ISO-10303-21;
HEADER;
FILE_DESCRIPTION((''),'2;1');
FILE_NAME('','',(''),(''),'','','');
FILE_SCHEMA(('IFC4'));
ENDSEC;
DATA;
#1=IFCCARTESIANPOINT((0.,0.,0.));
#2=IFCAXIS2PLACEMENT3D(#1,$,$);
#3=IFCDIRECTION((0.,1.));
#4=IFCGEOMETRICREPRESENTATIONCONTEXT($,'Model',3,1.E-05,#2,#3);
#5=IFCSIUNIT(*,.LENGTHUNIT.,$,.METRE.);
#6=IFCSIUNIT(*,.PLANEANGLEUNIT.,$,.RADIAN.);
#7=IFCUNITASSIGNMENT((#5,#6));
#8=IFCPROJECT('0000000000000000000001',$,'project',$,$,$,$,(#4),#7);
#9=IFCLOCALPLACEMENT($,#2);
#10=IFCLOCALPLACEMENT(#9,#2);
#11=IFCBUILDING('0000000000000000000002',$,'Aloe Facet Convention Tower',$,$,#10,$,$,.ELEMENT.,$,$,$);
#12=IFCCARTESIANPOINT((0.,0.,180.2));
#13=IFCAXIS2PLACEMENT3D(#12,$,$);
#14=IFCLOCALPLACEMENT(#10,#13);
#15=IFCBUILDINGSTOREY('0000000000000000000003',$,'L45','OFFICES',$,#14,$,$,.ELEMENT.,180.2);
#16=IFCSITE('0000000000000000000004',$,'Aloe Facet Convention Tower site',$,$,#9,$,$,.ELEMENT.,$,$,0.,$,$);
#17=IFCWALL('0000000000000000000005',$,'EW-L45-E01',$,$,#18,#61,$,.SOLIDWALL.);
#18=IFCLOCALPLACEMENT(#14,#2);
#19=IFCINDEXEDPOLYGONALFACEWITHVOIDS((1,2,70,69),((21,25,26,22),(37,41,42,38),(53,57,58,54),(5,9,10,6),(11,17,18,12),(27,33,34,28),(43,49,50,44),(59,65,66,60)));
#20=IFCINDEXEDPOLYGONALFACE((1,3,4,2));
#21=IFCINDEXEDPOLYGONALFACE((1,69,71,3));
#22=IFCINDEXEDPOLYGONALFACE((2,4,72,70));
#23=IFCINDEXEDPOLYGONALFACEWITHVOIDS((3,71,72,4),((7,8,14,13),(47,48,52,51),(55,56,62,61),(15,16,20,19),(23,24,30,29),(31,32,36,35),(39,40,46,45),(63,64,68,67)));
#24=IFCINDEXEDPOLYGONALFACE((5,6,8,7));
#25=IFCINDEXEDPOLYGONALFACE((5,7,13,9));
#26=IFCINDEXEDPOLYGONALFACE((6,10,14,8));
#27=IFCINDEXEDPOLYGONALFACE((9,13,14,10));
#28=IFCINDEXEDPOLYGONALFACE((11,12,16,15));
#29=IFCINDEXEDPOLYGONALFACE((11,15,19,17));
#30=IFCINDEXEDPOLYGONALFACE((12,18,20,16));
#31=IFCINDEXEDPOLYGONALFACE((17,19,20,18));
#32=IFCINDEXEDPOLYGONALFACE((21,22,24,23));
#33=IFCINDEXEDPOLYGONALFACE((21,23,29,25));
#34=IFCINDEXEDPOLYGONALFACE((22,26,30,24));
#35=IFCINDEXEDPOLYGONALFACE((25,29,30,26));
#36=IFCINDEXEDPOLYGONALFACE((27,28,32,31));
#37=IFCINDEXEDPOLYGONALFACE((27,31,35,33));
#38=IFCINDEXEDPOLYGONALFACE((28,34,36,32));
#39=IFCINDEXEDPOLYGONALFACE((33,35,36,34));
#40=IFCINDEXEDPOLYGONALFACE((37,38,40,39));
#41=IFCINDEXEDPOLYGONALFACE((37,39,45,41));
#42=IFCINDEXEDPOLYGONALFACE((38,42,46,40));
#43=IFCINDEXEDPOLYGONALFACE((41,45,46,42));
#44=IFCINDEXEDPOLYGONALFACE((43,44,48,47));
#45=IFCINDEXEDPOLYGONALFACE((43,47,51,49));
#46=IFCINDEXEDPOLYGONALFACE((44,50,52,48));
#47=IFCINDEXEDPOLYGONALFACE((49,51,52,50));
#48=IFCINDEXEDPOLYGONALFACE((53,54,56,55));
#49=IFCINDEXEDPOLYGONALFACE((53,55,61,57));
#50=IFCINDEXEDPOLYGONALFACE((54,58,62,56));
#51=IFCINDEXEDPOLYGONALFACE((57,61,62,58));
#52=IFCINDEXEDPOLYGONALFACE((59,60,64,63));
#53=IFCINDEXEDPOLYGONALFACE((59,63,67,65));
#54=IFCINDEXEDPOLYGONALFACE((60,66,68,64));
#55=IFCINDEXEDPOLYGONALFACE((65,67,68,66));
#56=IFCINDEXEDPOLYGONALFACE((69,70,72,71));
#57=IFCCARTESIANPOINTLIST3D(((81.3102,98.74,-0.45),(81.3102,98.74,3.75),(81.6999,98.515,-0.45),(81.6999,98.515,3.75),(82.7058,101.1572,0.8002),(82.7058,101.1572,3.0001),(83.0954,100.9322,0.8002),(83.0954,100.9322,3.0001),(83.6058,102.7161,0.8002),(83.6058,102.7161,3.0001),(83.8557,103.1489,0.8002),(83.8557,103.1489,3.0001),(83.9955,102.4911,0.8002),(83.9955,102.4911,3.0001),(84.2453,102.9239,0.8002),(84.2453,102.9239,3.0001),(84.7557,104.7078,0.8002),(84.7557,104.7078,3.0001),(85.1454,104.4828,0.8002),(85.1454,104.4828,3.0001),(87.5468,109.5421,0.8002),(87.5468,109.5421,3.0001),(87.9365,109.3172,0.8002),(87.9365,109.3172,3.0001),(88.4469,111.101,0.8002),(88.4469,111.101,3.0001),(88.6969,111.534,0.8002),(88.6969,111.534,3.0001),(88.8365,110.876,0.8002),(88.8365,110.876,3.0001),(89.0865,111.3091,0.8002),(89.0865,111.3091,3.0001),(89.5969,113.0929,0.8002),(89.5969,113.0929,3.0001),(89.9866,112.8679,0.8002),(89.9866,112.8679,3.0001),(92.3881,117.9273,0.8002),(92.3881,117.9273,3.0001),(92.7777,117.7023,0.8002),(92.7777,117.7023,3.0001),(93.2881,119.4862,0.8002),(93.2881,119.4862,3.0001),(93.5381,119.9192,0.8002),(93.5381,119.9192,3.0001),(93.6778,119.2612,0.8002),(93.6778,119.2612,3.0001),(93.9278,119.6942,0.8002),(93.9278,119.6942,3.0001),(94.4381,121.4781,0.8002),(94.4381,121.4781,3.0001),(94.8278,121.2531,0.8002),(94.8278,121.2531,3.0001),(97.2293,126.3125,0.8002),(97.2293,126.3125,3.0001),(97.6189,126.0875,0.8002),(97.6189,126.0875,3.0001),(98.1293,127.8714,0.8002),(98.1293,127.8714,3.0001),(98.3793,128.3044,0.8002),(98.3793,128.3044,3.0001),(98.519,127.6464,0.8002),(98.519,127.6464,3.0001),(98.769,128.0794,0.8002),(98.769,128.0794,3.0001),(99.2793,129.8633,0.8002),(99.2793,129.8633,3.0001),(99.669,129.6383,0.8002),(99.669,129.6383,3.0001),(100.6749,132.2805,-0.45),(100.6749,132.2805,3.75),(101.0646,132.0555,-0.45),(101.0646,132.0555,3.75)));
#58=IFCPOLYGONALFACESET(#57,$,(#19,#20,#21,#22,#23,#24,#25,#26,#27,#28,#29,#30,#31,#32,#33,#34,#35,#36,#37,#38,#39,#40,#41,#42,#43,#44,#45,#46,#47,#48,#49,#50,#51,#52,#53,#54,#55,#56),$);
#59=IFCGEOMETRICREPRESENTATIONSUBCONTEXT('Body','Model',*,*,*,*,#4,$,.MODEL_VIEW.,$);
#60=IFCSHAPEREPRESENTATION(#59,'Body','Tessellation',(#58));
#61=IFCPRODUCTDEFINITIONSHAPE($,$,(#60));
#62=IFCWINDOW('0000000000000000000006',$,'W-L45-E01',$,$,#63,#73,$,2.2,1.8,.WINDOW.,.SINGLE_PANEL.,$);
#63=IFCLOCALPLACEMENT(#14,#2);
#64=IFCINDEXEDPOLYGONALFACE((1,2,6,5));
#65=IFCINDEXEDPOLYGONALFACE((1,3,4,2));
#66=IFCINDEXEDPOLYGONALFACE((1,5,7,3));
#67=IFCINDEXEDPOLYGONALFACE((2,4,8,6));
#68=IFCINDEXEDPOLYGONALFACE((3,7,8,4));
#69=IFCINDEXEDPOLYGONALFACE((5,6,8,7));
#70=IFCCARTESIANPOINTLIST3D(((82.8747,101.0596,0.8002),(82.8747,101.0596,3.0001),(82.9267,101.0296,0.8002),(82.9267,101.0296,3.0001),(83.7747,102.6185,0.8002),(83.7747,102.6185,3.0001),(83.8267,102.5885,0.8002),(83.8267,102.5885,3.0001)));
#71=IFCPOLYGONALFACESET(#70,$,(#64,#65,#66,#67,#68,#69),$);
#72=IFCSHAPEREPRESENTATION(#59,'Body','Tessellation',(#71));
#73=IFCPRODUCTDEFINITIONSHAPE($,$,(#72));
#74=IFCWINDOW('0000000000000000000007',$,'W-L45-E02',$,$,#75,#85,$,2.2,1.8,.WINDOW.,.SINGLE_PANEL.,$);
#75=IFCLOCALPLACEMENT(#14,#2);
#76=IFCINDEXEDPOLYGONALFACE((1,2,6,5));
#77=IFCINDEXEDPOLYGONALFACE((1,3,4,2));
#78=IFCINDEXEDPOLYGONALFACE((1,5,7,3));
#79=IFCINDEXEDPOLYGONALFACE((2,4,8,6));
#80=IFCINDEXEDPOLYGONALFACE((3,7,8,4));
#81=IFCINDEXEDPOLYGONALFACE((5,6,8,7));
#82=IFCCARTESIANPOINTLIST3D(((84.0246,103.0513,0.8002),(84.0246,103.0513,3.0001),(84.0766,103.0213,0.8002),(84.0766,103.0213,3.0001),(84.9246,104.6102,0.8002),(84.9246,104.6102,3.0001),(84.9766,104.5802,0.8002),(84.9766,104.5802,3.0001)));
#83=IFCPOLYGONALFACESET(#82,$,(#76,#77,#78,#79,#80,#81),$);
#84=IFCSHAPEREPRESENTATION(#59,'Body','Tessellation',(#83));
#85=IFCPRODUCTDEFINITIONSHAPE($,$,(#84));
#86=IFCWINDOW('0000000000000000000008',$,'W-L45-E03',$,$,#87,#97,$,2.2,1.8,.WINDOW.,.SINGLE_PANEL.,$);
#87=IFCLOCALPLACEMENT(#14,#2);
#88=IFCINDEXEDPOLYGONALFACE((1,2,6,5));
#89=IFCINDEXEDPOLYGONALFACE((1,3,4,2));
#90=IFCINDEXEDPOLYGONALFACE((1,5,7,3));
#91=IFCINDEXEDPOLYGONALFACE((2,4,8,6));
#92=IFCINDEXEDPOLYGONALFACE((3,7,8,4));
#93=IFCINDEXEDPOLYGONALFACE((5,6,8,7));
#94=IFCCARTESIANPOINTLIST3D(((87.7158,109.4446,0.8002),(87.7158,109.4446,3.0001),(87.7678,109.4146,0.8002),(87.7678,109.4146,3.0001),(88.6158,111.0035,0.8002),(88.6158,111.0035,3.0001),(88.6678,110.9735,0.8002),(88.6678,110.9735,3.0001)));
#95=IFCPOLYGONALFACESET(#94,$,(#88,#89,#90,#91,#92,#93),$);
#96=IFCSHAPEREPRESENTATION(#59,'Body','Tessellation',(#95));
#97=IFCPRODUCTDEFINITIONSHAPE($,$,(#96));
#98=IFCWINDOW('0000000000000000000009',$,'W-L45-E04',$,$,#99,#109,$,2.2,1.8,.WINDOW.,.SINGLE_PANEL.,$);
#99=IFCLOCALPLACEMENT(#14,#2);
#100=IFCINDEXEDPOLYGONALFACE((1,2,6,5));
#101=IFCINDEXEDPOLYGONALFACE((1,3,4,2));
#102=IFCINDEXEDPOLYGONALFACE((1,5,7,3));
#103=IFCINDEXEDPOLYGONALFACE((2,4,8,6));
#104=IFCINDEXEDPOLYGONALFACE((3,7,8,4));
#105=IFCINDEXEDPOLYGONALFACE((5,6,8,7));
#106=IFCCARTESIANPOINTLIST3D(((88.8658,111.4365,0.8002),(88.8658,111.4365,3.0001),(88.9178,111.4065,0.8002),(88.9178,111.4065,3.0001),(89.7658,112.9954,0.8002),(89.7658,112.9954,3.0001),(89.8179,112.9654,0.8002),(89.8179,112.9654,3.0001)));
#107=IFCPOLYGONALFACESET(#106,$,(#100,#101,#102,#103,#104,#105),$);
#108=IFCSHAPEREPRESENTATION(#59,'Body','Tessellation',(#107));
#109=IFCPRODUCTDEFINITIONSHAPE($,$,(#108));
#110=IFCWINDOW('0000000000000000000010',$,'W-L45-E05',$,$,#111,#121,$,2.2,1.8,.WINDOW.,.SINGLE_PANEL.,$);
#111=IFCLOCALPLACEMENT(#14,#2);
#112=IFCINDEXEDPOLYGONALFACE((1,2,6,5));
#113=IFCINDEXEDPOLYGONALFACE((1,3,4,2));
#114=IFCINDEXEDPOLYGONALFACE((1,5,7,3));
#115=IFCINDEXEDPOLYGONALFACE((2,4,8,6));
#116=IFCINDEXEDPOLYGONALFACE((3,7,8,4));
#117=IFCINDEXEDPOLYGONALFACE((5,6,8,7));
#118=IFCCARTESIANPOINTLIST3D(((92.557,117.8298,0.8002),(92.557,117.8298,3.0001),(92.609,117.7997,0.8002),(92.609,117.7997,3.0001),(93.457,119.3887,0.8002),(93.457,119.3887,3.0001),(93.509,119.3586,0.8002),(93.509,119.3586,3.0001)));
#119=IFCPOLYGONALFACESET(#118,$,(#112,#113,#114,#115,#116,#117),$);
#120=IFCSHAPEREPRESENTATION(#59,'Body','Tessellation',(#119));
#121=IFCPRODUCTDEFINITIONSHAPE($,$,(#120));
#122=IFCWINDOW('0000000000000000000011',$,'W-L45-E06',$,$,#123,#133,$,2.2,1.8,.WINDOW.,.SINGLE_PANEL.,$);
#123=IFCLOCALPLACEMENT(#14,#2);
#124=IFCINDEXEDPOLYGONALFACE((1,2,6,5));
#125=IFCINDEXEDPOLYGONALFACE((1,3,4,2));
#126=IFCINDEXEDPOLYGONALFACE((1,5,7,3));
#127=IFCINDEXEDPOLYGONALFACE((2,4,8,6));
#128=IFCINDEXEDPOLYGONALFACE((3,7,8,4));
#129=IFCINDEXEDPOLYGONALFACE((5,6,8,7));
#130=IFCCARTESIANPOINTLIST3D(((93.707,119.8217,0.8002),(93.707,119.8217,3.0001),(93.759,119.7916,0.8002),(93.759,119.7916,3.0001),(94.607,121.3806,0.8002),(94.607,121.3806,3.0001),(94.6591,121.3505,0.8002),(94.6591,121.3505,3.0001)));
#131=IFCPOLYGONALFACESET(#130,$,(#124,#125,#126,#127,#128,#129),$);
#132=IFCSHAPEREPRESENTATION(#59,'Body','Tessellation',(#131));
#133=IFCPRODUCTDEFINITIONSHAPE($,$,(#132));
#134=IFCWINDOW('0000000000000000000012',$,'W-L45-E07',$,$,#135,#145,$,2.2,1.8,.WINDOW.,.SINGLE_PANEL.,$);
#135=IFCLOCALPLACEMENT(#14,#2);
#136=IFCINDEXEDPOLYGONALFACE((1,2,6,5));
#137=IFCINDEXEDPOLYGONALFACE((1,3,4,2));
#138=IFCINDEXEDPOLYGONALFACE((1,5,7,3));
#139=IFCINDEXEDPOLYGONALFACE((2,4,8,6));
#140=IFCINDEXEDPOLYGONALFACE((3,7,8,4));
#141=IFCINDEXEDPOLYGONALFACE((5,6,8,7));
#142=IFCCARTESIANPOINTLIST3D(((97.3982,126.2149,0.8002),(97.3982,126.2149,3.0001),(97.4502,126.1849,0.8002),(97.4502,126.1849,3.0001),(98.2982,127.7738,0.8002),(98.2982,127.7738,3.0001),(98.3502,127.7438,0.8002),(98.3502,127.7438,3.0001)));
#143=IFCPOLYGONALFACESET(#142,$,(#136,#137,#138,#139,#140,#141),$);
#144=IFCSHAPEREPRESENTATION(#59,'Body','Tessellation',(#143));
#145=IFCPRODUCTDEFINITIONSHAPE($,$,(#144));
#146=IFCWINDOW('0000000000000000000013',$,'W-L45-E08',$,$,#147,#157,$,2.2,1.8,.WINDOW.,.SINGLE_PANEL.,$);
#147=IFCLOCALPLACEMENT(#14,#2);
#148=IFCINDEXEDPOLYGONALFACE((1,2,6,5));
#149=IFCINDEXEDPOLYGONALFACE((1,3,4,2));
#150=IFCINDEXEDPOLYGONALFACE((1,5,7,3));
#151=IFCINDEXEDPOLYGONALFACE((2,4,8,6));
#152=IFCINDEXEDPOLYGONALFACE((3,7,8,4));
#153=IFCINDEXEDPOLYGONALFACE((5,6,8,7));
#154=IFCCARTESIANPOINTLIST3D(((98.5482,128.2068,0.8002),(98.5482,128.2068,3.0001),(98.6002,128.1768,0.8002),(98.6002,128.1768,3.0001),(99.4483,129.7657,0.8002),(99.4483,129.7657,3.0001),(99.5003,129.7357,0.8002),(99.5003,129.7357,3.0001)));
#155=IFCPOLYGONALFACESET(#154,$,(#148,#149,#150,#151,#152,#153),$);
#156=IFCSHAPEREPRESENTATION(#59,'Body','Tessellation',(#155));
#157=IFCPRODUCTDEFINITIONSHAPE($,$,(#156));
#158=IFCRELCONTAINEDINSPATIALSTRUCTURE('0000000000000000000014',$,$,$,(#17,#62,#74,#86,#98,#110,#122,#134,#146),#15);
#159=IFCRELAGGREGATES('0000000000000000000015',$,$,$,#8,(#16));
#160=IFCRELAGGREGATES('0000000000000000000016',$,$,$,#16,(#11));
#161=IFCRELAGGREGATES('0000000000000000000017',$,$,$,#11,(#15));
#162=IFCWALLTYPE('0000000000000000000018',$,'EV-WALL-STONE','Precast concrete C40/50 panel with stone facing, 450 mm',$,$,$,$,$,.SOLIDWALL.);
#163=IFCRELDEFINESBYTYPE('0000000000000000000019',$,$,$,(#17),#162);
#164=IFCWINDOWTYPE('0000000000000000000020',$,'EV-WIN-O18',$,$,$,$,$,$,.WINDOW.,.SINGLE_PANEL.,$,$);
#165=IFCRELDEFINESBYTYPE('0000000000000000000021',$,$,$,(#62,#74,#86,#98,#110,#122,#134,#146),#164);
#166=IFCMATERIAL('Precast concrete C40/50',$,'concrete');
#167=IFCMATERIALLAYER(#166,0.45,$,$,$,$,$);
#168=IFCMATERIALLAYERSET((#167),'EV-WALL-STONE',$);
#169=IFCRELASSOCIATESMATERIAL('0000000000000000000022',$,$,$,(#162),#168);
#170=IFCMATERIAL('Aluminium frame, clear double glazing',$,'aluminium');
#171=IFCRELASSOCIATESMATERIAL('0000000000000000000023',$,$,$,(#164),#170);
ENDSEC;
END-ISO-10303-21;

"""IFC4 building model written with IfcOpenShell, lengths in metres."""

from ifc_helpers import new_model, si_unit, direction, frame, frame_2d, origin, place, context, subcontext, project, spatial, polyline, rectangle, outline, extrude, material, layer, layer_set, type_object, element, fill, save


model = new_model("IFC4")

# Units and contexts
model_context = context("Model", 3, precision=1e-05, world=origin(), true_north=direction((0.0, 1.0)))
body_context = subcontext(model_context, "Body", "Model", "MODEL_VIEW")
ifc_project = project(units=[si_unit("LENGTHUNIT", "METRE"), si_unit("PLANEANGLEUNIT", "RADIAN")], contexts=[model_context])

# Site, building, storey
site_placement = place(None, origin())
site = spatial("IfcSite", under=ifc_project, at=site_placement, Name="Aloe Facet Convention Tower site", CompositionType="ELEMENT", RefElevation=0.0)
building_placement = place(site_placement, origin())
building = spatial("IfcBuilding", under=site, at=building_placement, Name="Aloe Facet Convention Tower", CompositionType="ELEMENT")
storey_placement = place(building_placement, frame((0.0, 0.0, 180.2)))
storey = spatial("IfcBuildingStorey", under=building, at=storey_placement, Name="L45", Description="OFFICES", CompositionType="ELEMENT", Elevation=180.2)

# Wall, openings, windows
ifc_material_1 = material(Name="Precast concrete C40/50", Category="concrete")
ifc_layer_1 = layer(ifc_material_1, 0.45)
ifc_layer_set_1 = layer_set([ifc_layer_1], Name="EV-WALL-STONE")
wall_type_1 = type_object("IfcWallType", Name="EV-WALL-STONE", Description="Precast concrete C40/50 panel with stone facing, 450 mm", PredefinedType="SOLIDWALL", material=ifc_layer_set_1)
wall_1_placement = place(storey_placement, frame((81.5051, 98.6274, -0.45), z_axis=(0.0, 0.0, 1.0), x_axis=(0.500002, 0.866024, 0.0)))
wall_1 = element("IfcWall", 1, at=wall_1_placement, inside=storey, type_object=wall_type_1, Name="EW-L45-E01", PredefinedType="SOLIDWALL", context=body_context, shape_type="SweptSolid", body=[
    extrude(outline(polyline([(38.7292, 0.0), (38.7292, 4.2), (0.0, 4.2), (0.0, 0.0), (38.7292, 0.0)])), frame((0.0, 0.2251, 0.0), z_axis=(0.0, -1.0, 0.0), x_axis=(1.0, 0.0, 0.0)), (0.0, 0.0, 1.0), 0.45),
])
opening_1_placement = place(wall_1_placement, frame((2.7913, 0.0, 1.25)))
opening_1 = element("IfcOpeningElement", 2, at=opening_1_placement, cuts=wall_1, PredefinedType="OPENING", context=body_context, shape_type="SweptSolid", body=[
    extrude(rectangle(XDim=1.8, YDim=2.2, at=frame_2d((0.8999, 1.1001))), frame((0.0, 0.2349, 0.0), z_axis=(0.0, -1.0, 0.0), x_axis=(1.0, 0.0, 0.0)), (0.0, 0.0, 1.0), 0.47),
])
opening_2_placement = place(wall_1_placement, frame((5.0911, 0.0, 1.25)))
opening_2 = element("IfcOpeningElement", 3, at=opening_2_placement, cuts=wall_1, PredefinedType="OPENING", context=body_context, shape_type="SweptSolid", body=[
    extrude(rectangle(XDim=1.8, YDim=2.2, at=frame_2d((0.8999, 1.1001))), frame((0.0, 0.2349, 0.0), z_axis=(0.0, -1.0, 0.0), x_axis=(1.0, 0.0, 0.0)), (0.0, 0.0, 1.0), 0.47),
])
opening_3_placement = place(wall_1_placement, frame((12.4734, 0.0, 1.25)))
opening_3 = element("IfcOpeningElement", 4, at=opening_3_placement, cuts=wall_1, PredefinedType="OPENING", context=body_context, shape_type="SweptSolid", body=[
    extrude(rectangle(XDim=1.8, YDim=2.2, at=frame_2d((0.8999, 1.1001))), frame((0.0, 0.2349, 0.0), z_axis=(0.0, -1.0, 0.0), x_axis=(1.0, 0.0, 0.0)), (0.0, 0.0, 1.0), 0.47),
])
opening_4_placement = place(wall_1_placement, frame((14.7734, 0.0, 1.25)))
opening_4 = element("IfcOpeningElement", 5, at=opening_4_placement, cuts=wall_1, PredefinedType="OPENING", context=body_context, shape_type="SweptSolid", body=[
    extrude(rectangle(XDim=1.8, YDim=2.2, at=frame_2d((0.8999, 1.1001))), frame((0.0, 0.2349, 0.0), z_axis=(0.0, -1.0, 0.0), x_axis=(1.0, 0.0, 0.0)), (0.0, 0.0, 1.0), 0.47),
])
opening_5_placement = place(wall_1_placement, frame((22.1558, 0.0, 1.25)))
opening_5 = element("IfcOpeningElement", 6, at=opening_5_placement, cuts=wall_1, PredefinedType="OPENING", context=body_context, shape_type="SweptSolid", body=[
    extrude(rectangle(XDim=1.8, YDim=2.2, at=frame_2d((0.8999, 1.1001))), frame((0.0, 0.2349, 0.0), z_axis=(0.0, -1.0, 0.0), x_axis=(1.0, 0.0, 0.0)), (0.0, 0.0, 1.0), 0.47),
])
opening_6_placement = place(wall_1_placement, frame((24.4558, 0.0, 1.25)))
opening_6 = element("IfcOpeningElement", 7, at=opening_6_placement, cuts=wall_1, PredefinedType="OPENING", context=body_context, shape_type="SweptSolid", body=[
    extrude(rectangle(XDim=1.8, YDim=2.2, at=frame_2d((0.8999, 1.1001))), frame((0.0, 0.2349, 0.0), z_axis=(0.0, -1.0, 0.0), x_axis=(1.0, 0.0, 0.0)), (0.0, 0.0, 1.0), 0.47),
])
opening_7_placement = place(wall_1_placement, frame((31.8381, 0.0, 1.25)))
opening_7 = element("IfcOpeningElement", 8, at=opening_7_placement, cuts=wall_1, PredefinedType="OPENING", context=body_context, shape_type="SweptSolid", body=[
    extrude(rectangle(XDim=1.8, YDim=2.2, at=frame_2d((0.8999, 1.1001))), frame((0.0, 0.2349, 0.0), z_axis=(0.0, -1.0, 0.0), x_axis=(1.0, 0.0, 0.0)), (0.0, 0.0, 1.0), 0.47),
])
opening_8_placement = place(wall_1_placement, frame((34.1382, 0.0, 1.25)))
opening_8 = element("IfcOpeningElement", 9, at=opening_8_placement, cuts=wall_1, PredefinedType="OPENING", context=body_context, shape_type="SweptSolid", body=[
    extrude(rectangle(XDim=1.8, YDim=2.2, at=frame_2d((0.8999, 1.1001))), frame((0.0, 0.2349, 0.0), z_axis=(0.0, -1.0, 0.0), x_axis=(1.0, 0.0, 0.0)), (0.0, 0.0, 1.0), 0.47),
])
ifc_material_2 = material(Name="Aluminium frame, clear double glazing", Category="aluminium")
window_type = type_object("IfcWindowType", Name="EV-WIN-O18", PartitioningType="SINGLE_PANEL", PredefinedType="WINDOW", material=ifc_material_2)
window_1_placement = place(opening_1_placement, origin())
window_1 = element("IfcWindow", 10, at=window_1_placement, inside=storey, type_object=window_type, Name="W-L45-E01", OverallHeight=2.2, OverallWidth=1.8, PartitioningType="SINGLE_PANEL", PredefinedType="WINDOW", context=body_context, shape_type="SweptSolid", body=[
    extrude(rectangle(XDim=1.8, YDim=2.2, at=frame_2d((0.8999, 1.1001))), frame((0.0, 0.03, 0.0), z_axis=(0.0, -1.0, 0.0), x_axis=(1.0, 0.0, 0.0)), (0.0, 0.0, 1.0), 0.0601),
])
fill(opening_1, window_1)
window_2_placement = place(opening_2_placement, origin())
window_2 = element("IfcWindow", 11, at=window_2_placement, inside=storey, type_object=window_type, Name="W-L45-E02", OverallHeight=2.2, OverallWidth=1.8, PartitioningType="SINGLE_PANEL", PredefinedType="WINDOW", context=body_context, shape_type="SweptSolid", body=[
    extrude(rectangle(XDim=1.8, YDim=2.2, at=frame_2d((0.8999, 1.1001))), frame((0.0, 0.03, 0.0), z_axis=(0.0, -1.0, 0.0), x_axis=(1.0, 0.0, 0.0)), (0.0, 0.0, 1.0), 0.0601),
])
fill(opening_2, window_2)
window_3_placement = place(opening_3_placement, origin())
window_3 = element("IfcWindow", 12, at=window_3_placement, inside=storey, type_object=window_type, Name="W-L45-E03", OverallHeight=2.2, OverallWidth=1.8, PartitioningType="SINGLE_PANEL", PredefinedType="WINDOW", context=body_context, shape_type="SweptSolid", body=[
    extrude(rectangle(XDim=1.8, YDim=2.2, at=frame_2d((0.8999, 1.1001))), frame((0.0, 0.03, 0.0), z_axis=(0.0, -1.0, 0.0), x_axis=(1.0, 0.0, 0.0)), (0.0, 0.0, 1.0), 0.0601),
])
fill(opening_3, window_3)
window_4_placement = place(opening_4_placement, origin())
window_4 = element("IfcWindow", 13, at=window_4_placement, inside=storey, type_object=window_type, Name="W-L45-E04", OverallHeight=2.2, OverallWidth=1.8, PartitioningType="SINGLE_PANEL", PredefinedType="WINDOW", context=body_context, shape_type="SweptSolid", body=[
    extrude(rectangle(XDim=1.8, YDim=2.2, at=frame_2d((0.8999, 1.1001))), frame((0.0, 0.03, 0.0), z_axis=(0.0, -1.0, 0.0), x_axis=(1.0, 0.0, 0.0)), (0.0, 0.0, 1.0), 0.0601),
])
fill(opening_4, window_4)
window_5_placement = place(opening_5_placement, origin())
window_5 = element("IfcWindow", 14, at=window_5_placement, inside=storey, type_object=window_type, Name="W-L45-E05", OverallHeight=2.2, OverallWidth=1.8, PartitioningType="SINGLE_PANEL", PredefinedType="WINDOW", context=body_context, shape_type="SweptSolid", body=[
    extrude(rectangle(XDim=1.8, YDim=2.2, at=frame_2d((0.8999, 1.1001))), frame((0.0, 0.03, 0.0), z_axis=(0.0, -1.0, 0.0), x_axis=(1.0, 0.0, 0.0)), (0.0, 0.0, 1.0), 0.0601),
])
fill(opening_5, window_5)
window_6_placement = place(opening_6_placement, origin())
window_6 = element("IfcWindow", 15, at=window_6_placement, inside=storey, type_object=window_type, Name="W-L45-E06", OverallHeight=2.2, OverallWidth=1.8, PartitioningType="SINGLE_PANEL", PredefinedType="WINDOW", context=body_context, shape_type="SweptSolid", body=[
    extrude(rectangle(XDim=1.8, YDim=2.2, at=frame_2d((0.8999, 1.1001))), frame((0.0, 0.03, 0.0), z_axis=(0.0, -1.0, 0.0), x_axis=(1.0, 0.0, 0.0)), (0.0, 0.0, 1.0), 0.0601),
])
fill(opening_6, window_6)
window_7_placement = place(opening_7_placement, origin())
window_7 = element("IfcWindow", 16, at=window_7_placement, inside=storey, type_object=window_type, Name="W-L45-E07", OverallHeight=2.2, OverallWidth=1.8, PartitioningType="SINGLE_PANEL", PredefinedType="WINDOW", context=body_context, shape_type="SweptSolid", body=[
    extrude(rectangle(XDim=1.8, YDim=2.2, at=frame_2d((0.8999, 1.1001))), frame((0.0, 0.03, 0.0), z_axis=(0.0, -1.0, 0.0), x_axis=(1.0, 0.0, 0.0)), (0.0, 0.0, 1.0), 0.0601),
])
fill(opening_7, window_7)
window_8_placement = place(opening_8_placement, origin())
window_8 = element("IfcWindow", 17, at=window_8_placement, inside=storey, type_object=window_type, Name="W-L45-E08", OverallHeight=2.2, OverallWidth=1.8, PartitioningType="SINGLE_PANEL", PredefinedType="WINDOW", context=body_context, shape_type="SweptSolid", body=[
    extrude(rectangle(XDim=1.8, YDim=2.2, at=frame_2d((0.8999, 1.1001))), frame((0.0, 0.03, 0.0), z_axis=(0.0, -1.0, 0.0), x_axis=(1.0, 0.0, 0.0)), (0.0, 0.0, 1.0), 0.0601),
])
fill(opening_8, window_8)

save(model, "model.ifc")
